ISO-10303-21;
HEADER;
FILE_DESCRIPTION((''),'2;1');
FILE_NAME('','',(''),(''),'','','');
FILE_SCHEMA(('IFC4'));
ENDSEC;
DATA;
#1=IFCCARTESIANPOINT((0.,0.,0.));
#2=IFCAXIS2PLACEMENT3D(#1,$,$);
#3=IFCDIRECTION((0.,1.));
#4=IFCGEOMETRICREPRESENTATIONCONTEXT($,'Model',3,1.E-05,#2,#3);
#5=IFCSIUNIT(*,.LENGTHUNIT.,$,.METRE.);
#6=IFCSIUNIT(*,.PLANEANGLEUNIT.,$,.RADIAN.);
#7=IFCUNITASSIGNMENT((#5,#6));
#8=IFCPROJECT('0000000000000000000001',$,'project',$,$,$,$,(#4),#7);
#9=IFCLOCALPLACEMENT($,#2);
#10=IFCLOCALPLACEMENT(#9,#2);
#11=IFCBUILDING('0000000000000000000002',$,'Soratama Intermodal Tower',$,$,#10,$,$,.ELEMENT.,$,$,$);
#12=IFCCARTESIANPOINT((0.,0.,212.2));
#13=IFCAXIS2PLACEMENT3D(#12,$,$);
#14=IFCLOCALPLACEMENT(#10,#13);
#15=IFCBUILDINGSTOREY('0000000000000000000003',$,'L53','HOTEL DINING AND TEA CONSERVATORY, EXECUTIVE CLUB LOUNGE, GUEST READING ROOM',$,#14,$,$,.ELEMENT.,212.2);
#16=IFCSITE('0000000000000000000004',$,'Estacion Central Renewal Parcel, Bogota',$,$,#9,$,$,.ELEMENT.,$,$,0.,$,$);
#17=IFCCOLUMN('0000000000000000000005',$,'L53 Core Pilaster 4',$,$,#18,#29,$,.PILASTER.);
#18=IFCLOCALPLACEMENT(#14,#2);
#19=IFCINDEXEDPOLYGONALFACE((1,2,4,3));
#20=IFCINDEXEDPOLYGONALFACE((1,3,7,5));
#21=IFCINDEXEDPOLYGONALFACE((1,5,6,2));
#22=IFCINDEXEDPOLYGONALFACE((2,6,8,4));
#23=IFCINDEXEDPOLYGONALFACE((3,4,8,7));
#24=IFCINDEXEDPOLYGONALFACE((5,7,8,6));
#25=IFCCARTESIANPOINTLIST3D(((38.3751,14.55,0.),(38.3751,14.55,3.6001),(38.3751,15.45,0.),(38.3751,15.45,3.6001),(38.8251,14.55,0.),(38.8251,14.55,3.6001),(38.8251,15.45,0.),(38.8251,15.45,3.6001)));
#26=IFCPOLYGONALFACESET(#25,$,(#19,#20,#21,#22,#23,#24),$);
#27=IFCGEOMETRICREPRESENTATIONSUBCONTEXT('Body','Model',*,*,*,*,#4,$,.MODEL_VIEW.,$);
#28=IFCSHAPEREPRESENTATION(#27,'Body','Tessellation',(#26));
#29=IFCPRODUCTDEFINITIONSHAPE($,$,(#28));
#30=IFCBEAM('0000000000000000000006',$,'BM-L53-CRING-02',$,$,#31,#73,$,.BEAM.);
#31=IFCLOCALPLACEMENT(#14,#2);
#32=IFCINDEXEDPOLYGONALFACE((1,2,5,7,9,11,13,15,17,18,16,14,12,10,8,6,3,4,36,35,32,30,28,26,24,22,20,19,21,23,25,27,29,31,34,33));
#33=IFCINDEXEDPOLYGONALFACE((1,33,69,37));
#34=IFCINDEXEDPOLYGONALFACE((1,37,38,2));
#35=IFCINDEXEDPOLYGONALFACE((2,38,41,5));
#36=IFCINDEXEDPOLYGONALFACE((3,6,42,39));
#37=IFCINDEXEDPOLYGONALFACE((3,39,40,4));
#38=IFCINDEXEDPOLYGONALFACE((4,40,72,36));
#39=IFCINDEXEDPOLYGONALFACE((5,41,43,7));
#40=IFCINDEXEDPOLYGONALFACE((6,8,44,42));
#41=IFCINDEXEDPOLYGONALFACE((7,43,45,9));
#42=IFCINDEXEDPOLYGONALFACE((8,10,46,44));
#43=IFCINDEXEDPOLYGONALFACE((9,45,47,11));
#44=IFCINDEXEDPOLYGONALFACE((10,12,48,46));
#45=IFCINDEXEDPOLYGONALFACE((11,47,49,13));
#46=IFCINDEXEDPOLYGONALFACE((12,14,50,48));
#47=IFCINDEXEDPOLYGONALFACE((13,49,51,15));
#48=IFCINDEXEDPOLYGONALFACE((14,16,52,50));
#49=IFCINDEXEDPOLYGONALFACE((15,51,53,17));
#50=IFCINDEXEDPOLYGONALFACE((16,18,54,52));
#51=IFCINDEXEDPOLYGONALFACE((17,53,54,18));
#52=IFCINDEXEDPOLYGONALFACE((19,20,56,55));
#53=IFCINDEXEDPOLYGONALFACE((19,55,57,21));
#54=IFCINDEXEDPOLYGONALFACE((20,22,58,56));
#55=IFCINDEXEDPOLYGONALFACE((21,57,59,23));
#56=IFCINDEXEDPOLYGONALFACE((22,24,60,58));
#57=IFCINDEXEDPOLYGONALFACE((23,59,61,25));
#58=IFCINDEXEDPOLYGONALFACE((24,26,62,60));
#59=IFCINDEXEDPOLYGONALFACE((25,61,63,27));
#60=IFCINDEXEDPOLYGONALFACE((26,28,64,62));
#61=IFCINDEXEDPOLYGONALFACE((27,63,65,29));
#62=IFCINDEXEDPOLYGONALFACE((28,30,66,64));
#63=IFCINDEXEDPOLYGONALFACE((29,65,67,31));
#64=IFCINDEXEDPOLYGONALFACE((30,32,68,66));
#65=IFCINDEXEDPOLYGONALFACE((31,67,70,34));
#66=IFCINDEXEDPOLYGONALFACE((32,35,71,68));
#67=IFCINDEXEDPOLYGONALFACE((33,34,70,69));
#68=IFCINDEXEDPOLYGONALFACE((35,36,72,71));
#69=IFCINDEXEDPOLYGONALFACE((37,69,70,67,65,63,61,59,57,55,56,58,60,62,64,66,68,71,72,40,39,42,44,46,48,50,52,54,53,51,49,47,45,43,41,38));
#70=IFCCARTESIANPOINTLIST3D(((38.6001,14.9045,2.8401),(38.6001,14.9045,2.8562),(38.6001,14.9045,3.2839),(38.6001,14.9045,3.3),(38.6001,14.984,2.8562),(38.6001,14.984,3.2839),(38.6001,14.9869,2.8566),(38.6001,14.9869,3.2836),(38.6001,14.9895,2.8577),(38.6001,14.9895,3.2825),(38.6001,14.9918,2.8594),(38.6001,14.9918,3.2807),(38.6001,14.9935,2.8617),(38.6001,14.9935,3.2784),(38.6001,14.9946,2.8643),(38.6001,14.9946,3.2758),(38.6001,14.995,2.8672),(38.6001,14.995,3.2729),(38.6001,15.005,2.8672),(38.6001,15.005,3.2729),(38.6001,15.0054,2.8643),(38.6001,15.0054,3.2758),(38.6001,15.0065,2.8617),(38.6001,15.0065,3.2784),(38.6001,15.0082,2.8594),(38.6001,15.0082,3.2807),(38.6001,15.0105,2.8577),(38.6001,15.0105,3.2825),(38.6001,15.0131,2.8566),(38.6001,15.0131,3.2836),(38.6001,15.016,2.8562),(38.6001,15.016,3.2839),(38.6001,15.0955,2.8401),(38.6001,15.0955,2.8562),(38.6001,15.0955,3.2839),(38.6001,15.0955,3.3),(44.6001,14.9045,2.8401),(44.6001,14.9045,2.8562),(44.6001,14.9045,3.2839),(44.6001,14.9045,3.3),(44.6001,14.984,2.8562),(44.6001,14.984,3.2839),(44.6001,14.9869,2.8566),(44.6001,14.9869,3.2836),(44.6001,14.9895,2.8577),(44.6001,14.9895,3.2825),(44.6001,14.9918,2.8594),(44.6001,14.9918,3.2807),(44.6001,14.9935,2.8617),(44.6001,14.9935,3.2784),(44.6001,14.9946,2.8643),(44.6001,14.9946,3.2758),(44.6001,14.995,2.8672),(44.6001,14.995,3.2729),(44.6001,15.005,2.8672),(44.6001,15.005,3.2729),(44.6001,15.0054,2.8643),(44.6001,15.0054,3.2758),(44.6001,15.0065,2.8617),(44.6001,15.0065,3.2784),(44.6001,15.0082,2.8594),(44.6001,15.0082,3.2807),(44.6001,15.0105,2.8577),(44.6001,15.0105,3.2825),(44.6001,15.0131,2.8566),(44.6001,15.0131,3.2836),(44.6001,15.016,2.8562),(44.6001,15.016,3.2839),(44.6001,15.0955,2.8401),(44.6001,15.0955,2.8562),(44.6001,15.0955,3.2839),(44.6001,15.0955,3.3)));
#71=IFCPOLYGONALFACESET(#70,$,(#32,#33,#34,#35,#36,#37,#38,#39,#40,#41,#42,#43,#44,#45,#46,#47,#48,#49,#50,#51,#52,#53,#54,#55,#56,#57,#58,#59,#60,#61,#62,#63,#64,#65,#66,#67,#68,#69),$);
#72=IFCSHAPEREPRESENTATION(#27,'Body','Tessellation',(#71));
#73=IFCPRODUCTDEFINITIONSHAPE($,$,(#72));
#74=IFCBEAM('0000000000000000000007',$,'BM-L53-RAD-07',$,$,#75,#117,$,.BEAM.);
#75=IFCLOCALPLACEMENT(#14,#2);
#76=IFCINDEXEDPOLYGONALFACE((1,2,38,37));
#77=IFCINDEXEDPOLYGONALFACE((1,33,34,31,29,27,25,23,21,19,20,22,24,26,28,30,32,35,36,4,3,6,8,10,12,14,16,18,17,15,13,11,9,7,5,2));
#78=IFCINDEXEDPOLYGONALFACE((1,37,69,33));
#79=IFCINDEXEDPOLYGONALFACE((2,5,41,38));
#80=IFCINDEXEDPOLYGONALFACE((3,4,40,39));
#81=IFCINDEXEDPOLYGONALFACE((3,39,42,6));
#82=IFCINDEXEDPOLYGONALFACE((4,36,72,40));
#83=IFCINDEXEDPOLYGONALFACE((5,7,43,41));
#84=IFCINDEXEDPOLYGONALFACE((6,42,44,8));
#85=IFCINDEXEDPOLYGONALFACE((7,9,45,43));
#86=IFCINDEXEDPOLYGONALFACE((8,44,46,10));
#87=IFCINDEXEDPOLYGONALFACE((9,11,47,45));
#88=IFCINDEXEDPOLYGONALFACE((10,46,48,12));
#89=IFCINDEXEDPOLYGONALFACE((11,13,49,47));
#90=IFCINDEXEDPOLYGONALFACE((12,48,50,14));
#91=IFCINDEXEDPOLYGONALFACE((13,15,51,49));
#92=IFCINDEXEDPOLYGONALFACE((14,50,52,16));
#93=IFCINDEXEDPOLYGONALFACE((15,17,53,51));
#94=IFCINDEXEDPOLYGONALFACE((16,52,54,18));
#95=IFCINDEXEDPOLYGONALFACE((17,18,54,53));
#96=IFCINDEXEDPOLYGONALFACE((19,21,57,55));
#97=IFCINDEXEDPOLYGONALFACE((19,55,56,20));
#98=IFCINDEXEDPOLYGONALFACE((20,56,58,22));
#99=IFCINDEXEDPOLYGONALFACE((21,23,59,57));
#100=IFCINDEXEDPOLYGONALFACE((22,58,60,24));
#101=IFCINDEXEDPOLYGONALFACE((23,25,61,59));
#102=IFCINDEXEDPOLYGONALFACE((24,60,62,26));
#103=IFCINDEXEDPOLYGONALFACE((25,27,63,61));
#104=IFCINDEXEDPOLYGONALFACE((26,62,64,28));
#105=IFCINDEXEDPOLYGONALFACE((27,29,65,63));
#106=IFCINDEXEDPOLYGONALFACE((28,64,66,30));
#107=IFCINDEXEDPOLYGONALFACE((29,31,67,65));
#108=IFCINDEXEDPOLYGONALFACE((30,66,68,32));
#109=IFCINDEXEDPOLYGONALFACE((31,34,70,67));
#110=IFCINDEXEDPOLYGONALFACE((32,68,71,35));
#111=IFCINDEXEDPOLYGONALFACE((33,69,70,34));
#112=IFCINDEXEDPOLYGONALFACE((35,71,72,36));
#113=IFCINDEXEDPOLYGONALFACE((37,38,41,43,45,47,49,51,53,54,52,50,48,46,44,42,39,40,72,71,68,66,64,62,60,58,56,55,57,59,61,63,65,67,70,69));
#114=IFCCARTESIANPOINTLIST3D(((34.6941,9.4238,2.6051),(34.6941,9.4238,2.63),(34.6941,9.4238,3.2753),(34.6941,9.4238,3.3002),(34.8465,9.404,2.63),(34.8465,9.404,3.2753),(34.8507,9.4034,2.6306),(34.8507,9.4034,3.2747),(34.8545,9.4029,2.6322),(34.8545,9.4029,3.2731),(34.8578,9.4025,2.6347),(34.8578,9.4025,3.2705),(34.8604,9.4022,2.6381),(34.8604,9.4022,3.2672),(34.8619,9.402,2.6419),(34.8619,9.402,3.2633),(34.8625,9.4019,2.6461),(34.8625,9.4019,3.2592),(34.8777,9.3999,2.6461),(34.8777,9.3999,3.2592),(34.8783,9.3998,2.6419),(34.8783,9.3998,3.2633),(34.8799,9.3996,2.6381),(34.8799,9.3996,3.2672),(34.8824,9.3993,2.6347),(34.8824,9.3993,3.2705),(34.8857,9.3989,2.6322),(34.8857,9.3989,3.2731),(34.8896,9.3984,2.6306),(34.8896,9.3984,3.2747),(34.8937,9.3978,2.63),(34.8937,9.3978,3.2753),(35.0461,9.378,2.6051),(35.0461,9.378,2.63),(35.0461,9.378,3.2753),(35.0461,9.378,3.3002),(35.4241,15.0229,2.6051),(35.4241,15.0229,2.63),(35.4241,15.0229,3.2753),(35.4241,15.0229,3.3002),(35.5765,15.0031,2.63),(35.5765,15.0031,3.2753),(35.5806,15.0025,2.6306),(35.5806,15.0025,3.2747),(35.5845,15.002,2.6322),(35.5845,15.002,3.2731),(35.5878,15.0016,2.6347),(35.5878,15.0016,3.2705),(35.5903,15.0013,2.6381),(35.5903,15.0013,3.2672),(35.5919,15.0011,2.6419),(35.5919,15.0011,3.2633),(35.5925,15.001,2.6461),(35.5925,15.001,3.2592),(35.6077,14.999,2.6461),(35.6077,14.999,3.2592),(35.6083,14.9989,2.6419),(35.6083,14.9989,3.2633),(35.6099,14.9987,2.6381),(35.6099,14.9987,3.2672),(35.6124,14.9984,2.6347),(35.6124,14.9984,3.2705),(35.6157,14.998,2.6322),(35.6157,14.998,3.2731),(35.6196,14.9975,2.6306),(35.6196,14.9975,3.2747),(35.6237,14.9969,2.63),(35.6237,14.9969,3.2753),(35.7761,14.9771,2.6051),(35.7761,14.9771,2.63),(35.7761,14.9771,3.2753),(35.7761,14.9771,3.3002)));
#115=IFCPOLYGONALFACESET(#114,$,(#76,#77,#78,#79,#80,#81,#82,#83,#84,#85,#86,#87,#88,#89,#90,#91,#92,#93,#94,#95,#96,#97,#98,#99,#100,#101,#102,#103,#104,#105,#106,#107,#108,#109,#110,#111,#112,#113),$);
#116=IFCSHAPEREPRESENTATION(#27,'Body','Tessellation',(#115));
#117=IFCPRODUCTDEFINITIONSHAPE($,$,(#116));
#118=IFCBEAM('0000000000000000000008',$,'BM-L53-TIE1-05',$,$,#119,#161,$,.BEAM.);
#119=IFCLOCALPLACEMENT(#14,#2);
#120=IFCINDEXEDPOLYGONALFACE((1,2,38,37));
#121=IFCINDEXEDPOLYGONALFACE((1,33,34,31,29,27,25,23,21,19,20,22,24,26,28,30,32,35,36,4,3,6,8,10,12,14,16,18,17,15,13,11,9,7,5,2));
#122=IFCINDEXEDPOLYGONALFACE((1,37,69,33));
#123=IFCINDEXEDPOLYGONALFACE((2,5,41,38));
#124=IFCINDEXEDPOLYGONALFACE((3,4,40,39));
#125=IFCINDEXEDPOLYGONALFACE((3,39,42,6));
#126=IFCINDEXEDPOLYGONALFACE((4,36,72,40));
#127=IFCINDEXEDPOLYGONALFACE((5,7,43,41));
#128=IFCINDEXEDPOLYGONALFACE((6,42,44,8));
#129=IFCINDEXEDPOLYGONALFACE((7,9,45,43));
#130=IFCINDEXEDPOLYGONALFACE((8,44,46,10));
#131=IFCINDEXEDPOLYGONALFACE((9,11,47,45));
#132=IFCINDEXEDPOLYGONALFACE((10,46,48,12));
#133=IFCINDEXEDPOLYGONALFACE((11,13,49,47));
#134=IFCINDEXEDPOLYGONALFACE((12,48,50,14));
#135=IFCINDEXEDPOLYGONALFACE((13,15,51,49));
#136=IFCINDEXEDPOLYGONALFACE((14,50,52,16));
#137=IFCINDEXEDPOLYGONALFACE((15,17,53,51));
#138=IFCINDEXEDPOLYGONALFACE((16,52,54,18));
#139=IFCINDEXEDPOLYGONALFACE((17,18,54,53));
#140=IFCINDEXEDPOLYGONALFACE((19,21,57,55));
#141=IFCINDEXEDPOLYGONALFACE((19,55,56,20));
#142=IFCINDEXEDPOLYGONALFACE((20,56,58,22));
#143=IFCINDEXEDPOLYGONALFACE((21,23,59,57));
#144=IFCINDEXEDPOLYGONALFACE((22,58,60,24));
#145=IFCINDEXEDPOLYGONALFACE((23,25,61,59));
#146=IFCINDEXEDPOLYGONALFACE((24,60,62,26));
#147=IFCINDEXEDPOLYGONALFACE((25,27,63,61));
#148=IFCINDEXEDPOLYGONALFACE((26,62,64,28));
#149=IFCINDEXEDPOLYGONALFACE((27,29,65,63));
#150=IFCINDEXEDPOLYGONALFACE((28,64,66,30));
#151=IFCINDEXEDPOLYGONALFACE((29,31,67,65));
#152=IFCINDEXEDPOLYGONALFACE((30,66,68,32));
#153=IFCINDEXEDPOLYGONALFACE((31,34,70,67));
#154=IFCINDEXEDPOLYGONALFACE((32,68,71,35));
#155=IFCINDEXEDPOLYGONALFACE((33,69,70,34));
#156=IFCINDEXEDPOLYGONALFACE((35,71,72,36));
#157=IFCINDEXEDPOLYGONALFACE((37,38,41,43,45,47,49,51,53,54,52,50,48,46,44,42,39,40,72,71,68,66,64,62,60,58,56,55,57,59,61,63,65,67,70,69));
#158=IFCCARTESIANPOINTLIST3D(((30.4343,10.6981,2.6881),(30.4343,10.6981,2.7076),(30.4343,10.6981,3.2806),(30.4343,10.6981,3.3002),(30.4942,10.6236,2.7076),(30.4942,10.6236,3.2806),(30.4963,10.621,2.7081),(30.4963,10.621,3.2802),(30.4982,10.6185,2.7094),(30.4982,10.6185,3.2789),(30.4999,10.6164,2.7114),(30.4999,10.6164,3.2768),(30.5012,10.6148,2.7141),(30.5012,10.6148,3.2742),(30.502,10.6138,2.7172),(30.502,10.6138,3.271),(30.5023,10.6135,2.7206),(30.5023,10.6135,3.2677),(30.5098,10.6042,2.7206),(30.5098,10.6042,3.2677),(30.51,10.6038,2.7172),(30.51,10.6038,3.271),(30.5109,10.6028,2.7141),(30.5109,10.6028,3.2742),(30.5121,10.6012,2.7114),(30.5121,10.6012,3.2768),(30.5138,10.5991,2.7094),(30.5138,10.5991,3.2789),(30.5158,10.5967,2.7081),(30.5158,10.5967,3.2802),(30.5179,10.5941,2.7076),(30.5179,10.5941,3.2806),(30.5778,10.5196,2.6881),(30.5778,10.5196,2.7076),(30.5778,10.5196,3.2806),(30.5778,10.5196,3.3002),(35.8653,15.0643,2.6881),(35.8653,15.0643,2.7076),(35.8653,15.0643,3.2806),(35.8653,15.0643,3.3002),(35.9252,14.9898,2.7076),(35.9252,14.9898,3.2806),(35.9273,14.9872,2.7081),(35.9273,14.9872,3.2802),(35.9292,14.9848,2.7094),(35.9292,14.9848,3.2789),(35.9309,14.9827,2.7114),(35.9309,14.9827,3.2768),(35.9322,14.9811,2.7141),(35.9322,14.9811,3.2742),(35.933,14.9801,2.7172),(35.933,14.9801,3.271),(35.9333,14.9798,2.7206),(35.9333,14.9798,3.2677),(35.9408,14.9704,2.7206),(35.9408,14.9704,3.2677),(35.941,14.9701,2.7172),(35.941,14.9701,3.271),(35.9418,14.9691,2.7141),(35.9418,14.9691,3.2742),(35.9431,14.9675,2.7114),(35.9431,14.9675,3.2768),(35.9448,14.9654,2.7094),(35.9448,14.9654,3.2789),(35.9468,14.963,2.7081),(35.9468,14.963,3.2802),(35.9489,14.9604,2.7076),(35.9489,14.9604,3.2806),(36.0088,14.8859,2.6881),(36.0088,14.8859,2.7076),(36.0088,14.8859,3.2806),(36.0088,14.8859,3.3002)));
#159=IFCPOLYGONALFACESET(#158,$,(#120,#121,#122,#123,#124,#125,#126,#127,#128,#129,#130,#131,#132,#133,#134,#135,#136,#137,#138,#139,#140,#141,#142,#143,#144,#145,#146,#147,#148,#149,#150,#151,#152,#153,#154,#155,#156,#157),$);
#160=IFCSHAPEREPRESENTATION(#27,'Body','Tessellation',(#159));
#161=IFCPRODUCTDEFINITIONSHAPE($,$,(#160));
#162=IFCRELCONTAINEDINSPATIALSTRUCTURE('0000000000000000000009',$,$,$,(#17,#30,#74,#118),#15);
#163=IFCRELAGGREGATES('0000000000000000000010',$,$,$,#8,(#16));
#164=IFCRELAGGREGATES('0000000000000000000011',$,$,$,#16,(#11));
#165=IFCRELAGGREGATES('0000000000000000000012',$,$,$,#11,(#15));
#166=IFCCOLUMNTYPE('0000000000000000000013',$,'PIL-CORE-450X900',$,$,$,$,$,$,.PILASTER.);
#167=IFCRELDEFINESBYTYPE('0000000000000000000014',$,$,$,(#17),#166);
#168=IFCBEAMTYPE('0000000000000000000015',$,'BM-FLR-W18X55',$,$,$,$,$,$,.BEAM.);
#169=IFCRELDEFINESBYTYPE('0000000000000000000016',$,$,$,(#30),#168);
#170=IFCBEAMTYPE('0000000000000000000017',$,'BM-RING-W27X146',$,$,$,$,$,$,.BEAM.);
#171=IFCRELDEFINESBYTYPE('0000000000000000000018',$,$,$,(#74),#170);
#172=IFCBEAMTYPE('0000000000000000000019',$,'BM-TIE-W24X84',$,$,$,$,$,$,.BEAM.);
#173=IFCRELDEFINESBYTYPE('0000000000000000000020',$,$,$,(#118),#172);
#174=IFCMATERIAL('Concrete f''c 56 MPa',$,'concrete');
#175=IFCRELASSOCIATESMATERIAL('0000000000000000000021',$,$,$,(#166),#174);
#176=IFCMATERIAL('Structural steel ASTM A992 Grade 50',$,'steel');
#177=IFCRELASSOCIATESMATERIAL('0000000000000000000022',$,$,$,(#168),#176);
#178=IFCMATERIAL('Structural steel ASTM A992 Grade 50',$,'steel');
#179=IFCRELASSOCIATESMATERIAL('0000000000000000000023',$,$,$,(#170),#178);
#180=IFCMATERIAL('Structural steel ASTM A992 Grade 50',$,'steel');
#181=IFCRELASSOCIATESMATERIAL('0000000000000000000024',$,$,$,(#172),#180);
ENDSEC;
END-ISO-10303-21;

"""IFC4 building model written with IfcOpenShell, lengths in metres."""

from ifc_helpers import new_model, si_unit, direction, frame, origin, origin_2d, place, context, subcontext, project, spatial, rectangle, i_section, extrude, material, material_profile, profile_set, type_object, element, save


model = new_model("IFC4")

# Units and contexts
model_context = context("Model", 3, precision=1e-05, world=origin(), true_north=direction((0.0, 1.0)))
body_context = subcontext(model_context, "Body", "Model", "MODEL_VIEW")
ifc_project = project(units=[si_unit("LENGTHUNIT", "METRE"), si_unit("PLANEANGLEUNIT", "RADIAN")], contexts=[model_context])

# Site, building, storey
site_placement = place(None, origin())
site = spatial("IfcSite", under=ifc_project, at=site_placement, Name="Estacion Central Renewal Parcel, Bogota", CompositionType="ELEMENT", RefElevation=0.0)
building_placement = place(site_placement, origin())
building = spatial("IfcBuilding", under=site, at=building_placement, Name="Soratama Intermodal Tower", CompositionType="ELEMENT")
storey_placement = place(building_placement, frame((0.0, 0.0, 212.2)))
storey = spatial("IfcBuildingStorey", under=building, at=storey_placement, Name="L53", Description="HOTEL DINING AND TEA CONSERVATORY, EXECUTIVE CLUB LOUNGE, GUEST READING ROOM", CompositionType="ELEMENT", Elevation=212.2)

# Column
ifc_material_1 = material(Name="Concrete f'c 56 MPa", Category="concrete")
ifc_material_profile_1 = material_profile(ifc_material_1, rectangle(XDim=0.45, YDim=0.8999, at=origin_2d()), Name="RC450X900")
ifc_profile_set_1 = profile_set([ifc_material_profile_1], Name="Concrete f'c 56 MPa")
column_type = type_object("IfcColumnType", Name="PIL-CORE-450X900", PredefinedType="PILASTER", material=ifc_profile_set_1)
column_placement = place(storey_placement, frame((38.6001, 15.0, 0.0), z_axis=(0.0, 0.0, 1.0), x_axis=(1.0, 0.0, 0.0)))
element("IfcColumn", 1, at=column_placement, inside=storey, type_object=column_type, Name="L53 Core Pilaster 4", PredefinedType="PILASTER", context=body_context, shape_type="SweptSolid", body=[
    extrude(rectangle(XDim=0.45, YDim=0.8999, at=origin_2d()), origin(), (0.0, 0.0, 1.0), 3.6001),
])

# Beams
ifc_material_2 = material(Name="Structural steel ASTM A992 Grade 50", Category="steel")
ifc_material_profile_2 = material_profile(ifc_material_2, i_section(OverallWidth=0.1909, OverallDepth=0.46, WebThickness=0.01, FlangeThickness=0.0161, FilletRadius=0.011, at=origin_2d()), Name="W18X55")
ifc_profile_set_2 = profile_set([ifc_material_profile_2], Name="Structural steel ASTM A992 Grade 50")
beam_type_1 = type_object("IfcBeamType", Name="BM-FLR-W18X55", PredefinedType="BEAM", material=ifc_profile_set_2)
beam_1_placement = place(storey_placement, frame((38.6001, 15.0, 3.0701), z_axis=(1.0, 0.0, 0.0), x_axis=(0.0, 1.0, 0.0)))
element("IfcBeam", 2, at=beam_1_placement, inside=storey, type_object=beam_type_1, Name="BM-L53-CRING-02", PredefinedType="BEAM", context=body_context, shape_type="SweptSolid", body=[
    extrude(i_section(OverallWidth=0.1909, OverallDepth=0.46, WebThickness=0.01, FlangeThickness=0.0161, FilletRadius=0.011, at=origin_2d()), origin(), (0.0, 0.0, 1.0), 6.0),
])
ifc_material_3 = material(Name="Structural steel ASTM A992 Grade 50", Category="steel")
ifc_material_profile_3 = material_profile(ifc_material_3, i_section(OverallWidth=0.355, OverallDepth=0.6951, WebThickness=0.0154, FlangeThickness=0.0249, FilletRadius=0.0161, at=origin_2d()), Name="W27X146")
ifc_profile_set_3 = profile_set([ifc_material_profile_3], Name="Structural steel ASTM A992 Grade 50")
beam_type_2 = type_object("IfcBeamType", Name="BM-RING-W27X146", PredefinedType="BEAM", material=ifc_profile_set_3)
beam_2_placement = place(storey_placement, frame((35.6001, 15.0, 2.9526), z_axis=(-0.12928, -0.991608, 0.0), x_axis=(0.991608, -0.12928, 0.0)))
element("IfcBeam", 3, at=beam_2_placement, inside=storey, type_object=beam_type_2, Name="BM-L53-RAD-07", PredefinedType="BEAM", context=body_context, shape_type="SweptSolid", body=[
    extrude(i_section(OverallWidth=0.355, OverallDepth=0.6951, WebThickness=0.0154, FlangeThickness=0.0249, FilletRadius=0.0161, at=origin_2d()), origin(), (0.0, 0.0, 1.0), 5.6465),
])
ifc_material_4 = material(Name="Structural steel ASTM A992 Grade 50", Category="steel")
ifc_material_profile_4 = material_profile(ifc_material_4, i_section(OverallWidth=0.229, OverallDepth=0.6121, WebThickness=0.012, FlangeThickness=0.0195, FilletRadius=0.0129, at=origin_2d()), Name="W24X84")
ifc_profile_set_4 = profile_set([ifc_material_profile_4], Name="Structural steel ASTM A992 Grade 50")
beam_type_3 = type_object("IfcBeamType", Name="BM-TIE-W24X84", PredefinedType="BEAM", material=ifc_profile_set_4)
beam_3_placement = place(storey_placement, frame((35.937, 14.9751, 2.9941), z_axis=(-0.779363, -0.626573, 0.0), x_axis=(0.626573, -0.779363, 0.0)))
element("IfcBeam", 4, at=beam_3_placement, inside=storey, type_object=beam_type_3, Name="BM-L53-TIE1-05", PredefinedType="BEAM", context=body_context, shape_type="SweptSolid", body=[
    extrude(i_section(OverallWidth=0.229, OverallDepth=0.6121, WebThickness=0.012, FlangeThickness=0.0195, FilletRadius=0.0129, at=origin_2d()), origin(), (0.0, 0.0, 1.0), 6.9685),
])

save(model, "model.ifc")
